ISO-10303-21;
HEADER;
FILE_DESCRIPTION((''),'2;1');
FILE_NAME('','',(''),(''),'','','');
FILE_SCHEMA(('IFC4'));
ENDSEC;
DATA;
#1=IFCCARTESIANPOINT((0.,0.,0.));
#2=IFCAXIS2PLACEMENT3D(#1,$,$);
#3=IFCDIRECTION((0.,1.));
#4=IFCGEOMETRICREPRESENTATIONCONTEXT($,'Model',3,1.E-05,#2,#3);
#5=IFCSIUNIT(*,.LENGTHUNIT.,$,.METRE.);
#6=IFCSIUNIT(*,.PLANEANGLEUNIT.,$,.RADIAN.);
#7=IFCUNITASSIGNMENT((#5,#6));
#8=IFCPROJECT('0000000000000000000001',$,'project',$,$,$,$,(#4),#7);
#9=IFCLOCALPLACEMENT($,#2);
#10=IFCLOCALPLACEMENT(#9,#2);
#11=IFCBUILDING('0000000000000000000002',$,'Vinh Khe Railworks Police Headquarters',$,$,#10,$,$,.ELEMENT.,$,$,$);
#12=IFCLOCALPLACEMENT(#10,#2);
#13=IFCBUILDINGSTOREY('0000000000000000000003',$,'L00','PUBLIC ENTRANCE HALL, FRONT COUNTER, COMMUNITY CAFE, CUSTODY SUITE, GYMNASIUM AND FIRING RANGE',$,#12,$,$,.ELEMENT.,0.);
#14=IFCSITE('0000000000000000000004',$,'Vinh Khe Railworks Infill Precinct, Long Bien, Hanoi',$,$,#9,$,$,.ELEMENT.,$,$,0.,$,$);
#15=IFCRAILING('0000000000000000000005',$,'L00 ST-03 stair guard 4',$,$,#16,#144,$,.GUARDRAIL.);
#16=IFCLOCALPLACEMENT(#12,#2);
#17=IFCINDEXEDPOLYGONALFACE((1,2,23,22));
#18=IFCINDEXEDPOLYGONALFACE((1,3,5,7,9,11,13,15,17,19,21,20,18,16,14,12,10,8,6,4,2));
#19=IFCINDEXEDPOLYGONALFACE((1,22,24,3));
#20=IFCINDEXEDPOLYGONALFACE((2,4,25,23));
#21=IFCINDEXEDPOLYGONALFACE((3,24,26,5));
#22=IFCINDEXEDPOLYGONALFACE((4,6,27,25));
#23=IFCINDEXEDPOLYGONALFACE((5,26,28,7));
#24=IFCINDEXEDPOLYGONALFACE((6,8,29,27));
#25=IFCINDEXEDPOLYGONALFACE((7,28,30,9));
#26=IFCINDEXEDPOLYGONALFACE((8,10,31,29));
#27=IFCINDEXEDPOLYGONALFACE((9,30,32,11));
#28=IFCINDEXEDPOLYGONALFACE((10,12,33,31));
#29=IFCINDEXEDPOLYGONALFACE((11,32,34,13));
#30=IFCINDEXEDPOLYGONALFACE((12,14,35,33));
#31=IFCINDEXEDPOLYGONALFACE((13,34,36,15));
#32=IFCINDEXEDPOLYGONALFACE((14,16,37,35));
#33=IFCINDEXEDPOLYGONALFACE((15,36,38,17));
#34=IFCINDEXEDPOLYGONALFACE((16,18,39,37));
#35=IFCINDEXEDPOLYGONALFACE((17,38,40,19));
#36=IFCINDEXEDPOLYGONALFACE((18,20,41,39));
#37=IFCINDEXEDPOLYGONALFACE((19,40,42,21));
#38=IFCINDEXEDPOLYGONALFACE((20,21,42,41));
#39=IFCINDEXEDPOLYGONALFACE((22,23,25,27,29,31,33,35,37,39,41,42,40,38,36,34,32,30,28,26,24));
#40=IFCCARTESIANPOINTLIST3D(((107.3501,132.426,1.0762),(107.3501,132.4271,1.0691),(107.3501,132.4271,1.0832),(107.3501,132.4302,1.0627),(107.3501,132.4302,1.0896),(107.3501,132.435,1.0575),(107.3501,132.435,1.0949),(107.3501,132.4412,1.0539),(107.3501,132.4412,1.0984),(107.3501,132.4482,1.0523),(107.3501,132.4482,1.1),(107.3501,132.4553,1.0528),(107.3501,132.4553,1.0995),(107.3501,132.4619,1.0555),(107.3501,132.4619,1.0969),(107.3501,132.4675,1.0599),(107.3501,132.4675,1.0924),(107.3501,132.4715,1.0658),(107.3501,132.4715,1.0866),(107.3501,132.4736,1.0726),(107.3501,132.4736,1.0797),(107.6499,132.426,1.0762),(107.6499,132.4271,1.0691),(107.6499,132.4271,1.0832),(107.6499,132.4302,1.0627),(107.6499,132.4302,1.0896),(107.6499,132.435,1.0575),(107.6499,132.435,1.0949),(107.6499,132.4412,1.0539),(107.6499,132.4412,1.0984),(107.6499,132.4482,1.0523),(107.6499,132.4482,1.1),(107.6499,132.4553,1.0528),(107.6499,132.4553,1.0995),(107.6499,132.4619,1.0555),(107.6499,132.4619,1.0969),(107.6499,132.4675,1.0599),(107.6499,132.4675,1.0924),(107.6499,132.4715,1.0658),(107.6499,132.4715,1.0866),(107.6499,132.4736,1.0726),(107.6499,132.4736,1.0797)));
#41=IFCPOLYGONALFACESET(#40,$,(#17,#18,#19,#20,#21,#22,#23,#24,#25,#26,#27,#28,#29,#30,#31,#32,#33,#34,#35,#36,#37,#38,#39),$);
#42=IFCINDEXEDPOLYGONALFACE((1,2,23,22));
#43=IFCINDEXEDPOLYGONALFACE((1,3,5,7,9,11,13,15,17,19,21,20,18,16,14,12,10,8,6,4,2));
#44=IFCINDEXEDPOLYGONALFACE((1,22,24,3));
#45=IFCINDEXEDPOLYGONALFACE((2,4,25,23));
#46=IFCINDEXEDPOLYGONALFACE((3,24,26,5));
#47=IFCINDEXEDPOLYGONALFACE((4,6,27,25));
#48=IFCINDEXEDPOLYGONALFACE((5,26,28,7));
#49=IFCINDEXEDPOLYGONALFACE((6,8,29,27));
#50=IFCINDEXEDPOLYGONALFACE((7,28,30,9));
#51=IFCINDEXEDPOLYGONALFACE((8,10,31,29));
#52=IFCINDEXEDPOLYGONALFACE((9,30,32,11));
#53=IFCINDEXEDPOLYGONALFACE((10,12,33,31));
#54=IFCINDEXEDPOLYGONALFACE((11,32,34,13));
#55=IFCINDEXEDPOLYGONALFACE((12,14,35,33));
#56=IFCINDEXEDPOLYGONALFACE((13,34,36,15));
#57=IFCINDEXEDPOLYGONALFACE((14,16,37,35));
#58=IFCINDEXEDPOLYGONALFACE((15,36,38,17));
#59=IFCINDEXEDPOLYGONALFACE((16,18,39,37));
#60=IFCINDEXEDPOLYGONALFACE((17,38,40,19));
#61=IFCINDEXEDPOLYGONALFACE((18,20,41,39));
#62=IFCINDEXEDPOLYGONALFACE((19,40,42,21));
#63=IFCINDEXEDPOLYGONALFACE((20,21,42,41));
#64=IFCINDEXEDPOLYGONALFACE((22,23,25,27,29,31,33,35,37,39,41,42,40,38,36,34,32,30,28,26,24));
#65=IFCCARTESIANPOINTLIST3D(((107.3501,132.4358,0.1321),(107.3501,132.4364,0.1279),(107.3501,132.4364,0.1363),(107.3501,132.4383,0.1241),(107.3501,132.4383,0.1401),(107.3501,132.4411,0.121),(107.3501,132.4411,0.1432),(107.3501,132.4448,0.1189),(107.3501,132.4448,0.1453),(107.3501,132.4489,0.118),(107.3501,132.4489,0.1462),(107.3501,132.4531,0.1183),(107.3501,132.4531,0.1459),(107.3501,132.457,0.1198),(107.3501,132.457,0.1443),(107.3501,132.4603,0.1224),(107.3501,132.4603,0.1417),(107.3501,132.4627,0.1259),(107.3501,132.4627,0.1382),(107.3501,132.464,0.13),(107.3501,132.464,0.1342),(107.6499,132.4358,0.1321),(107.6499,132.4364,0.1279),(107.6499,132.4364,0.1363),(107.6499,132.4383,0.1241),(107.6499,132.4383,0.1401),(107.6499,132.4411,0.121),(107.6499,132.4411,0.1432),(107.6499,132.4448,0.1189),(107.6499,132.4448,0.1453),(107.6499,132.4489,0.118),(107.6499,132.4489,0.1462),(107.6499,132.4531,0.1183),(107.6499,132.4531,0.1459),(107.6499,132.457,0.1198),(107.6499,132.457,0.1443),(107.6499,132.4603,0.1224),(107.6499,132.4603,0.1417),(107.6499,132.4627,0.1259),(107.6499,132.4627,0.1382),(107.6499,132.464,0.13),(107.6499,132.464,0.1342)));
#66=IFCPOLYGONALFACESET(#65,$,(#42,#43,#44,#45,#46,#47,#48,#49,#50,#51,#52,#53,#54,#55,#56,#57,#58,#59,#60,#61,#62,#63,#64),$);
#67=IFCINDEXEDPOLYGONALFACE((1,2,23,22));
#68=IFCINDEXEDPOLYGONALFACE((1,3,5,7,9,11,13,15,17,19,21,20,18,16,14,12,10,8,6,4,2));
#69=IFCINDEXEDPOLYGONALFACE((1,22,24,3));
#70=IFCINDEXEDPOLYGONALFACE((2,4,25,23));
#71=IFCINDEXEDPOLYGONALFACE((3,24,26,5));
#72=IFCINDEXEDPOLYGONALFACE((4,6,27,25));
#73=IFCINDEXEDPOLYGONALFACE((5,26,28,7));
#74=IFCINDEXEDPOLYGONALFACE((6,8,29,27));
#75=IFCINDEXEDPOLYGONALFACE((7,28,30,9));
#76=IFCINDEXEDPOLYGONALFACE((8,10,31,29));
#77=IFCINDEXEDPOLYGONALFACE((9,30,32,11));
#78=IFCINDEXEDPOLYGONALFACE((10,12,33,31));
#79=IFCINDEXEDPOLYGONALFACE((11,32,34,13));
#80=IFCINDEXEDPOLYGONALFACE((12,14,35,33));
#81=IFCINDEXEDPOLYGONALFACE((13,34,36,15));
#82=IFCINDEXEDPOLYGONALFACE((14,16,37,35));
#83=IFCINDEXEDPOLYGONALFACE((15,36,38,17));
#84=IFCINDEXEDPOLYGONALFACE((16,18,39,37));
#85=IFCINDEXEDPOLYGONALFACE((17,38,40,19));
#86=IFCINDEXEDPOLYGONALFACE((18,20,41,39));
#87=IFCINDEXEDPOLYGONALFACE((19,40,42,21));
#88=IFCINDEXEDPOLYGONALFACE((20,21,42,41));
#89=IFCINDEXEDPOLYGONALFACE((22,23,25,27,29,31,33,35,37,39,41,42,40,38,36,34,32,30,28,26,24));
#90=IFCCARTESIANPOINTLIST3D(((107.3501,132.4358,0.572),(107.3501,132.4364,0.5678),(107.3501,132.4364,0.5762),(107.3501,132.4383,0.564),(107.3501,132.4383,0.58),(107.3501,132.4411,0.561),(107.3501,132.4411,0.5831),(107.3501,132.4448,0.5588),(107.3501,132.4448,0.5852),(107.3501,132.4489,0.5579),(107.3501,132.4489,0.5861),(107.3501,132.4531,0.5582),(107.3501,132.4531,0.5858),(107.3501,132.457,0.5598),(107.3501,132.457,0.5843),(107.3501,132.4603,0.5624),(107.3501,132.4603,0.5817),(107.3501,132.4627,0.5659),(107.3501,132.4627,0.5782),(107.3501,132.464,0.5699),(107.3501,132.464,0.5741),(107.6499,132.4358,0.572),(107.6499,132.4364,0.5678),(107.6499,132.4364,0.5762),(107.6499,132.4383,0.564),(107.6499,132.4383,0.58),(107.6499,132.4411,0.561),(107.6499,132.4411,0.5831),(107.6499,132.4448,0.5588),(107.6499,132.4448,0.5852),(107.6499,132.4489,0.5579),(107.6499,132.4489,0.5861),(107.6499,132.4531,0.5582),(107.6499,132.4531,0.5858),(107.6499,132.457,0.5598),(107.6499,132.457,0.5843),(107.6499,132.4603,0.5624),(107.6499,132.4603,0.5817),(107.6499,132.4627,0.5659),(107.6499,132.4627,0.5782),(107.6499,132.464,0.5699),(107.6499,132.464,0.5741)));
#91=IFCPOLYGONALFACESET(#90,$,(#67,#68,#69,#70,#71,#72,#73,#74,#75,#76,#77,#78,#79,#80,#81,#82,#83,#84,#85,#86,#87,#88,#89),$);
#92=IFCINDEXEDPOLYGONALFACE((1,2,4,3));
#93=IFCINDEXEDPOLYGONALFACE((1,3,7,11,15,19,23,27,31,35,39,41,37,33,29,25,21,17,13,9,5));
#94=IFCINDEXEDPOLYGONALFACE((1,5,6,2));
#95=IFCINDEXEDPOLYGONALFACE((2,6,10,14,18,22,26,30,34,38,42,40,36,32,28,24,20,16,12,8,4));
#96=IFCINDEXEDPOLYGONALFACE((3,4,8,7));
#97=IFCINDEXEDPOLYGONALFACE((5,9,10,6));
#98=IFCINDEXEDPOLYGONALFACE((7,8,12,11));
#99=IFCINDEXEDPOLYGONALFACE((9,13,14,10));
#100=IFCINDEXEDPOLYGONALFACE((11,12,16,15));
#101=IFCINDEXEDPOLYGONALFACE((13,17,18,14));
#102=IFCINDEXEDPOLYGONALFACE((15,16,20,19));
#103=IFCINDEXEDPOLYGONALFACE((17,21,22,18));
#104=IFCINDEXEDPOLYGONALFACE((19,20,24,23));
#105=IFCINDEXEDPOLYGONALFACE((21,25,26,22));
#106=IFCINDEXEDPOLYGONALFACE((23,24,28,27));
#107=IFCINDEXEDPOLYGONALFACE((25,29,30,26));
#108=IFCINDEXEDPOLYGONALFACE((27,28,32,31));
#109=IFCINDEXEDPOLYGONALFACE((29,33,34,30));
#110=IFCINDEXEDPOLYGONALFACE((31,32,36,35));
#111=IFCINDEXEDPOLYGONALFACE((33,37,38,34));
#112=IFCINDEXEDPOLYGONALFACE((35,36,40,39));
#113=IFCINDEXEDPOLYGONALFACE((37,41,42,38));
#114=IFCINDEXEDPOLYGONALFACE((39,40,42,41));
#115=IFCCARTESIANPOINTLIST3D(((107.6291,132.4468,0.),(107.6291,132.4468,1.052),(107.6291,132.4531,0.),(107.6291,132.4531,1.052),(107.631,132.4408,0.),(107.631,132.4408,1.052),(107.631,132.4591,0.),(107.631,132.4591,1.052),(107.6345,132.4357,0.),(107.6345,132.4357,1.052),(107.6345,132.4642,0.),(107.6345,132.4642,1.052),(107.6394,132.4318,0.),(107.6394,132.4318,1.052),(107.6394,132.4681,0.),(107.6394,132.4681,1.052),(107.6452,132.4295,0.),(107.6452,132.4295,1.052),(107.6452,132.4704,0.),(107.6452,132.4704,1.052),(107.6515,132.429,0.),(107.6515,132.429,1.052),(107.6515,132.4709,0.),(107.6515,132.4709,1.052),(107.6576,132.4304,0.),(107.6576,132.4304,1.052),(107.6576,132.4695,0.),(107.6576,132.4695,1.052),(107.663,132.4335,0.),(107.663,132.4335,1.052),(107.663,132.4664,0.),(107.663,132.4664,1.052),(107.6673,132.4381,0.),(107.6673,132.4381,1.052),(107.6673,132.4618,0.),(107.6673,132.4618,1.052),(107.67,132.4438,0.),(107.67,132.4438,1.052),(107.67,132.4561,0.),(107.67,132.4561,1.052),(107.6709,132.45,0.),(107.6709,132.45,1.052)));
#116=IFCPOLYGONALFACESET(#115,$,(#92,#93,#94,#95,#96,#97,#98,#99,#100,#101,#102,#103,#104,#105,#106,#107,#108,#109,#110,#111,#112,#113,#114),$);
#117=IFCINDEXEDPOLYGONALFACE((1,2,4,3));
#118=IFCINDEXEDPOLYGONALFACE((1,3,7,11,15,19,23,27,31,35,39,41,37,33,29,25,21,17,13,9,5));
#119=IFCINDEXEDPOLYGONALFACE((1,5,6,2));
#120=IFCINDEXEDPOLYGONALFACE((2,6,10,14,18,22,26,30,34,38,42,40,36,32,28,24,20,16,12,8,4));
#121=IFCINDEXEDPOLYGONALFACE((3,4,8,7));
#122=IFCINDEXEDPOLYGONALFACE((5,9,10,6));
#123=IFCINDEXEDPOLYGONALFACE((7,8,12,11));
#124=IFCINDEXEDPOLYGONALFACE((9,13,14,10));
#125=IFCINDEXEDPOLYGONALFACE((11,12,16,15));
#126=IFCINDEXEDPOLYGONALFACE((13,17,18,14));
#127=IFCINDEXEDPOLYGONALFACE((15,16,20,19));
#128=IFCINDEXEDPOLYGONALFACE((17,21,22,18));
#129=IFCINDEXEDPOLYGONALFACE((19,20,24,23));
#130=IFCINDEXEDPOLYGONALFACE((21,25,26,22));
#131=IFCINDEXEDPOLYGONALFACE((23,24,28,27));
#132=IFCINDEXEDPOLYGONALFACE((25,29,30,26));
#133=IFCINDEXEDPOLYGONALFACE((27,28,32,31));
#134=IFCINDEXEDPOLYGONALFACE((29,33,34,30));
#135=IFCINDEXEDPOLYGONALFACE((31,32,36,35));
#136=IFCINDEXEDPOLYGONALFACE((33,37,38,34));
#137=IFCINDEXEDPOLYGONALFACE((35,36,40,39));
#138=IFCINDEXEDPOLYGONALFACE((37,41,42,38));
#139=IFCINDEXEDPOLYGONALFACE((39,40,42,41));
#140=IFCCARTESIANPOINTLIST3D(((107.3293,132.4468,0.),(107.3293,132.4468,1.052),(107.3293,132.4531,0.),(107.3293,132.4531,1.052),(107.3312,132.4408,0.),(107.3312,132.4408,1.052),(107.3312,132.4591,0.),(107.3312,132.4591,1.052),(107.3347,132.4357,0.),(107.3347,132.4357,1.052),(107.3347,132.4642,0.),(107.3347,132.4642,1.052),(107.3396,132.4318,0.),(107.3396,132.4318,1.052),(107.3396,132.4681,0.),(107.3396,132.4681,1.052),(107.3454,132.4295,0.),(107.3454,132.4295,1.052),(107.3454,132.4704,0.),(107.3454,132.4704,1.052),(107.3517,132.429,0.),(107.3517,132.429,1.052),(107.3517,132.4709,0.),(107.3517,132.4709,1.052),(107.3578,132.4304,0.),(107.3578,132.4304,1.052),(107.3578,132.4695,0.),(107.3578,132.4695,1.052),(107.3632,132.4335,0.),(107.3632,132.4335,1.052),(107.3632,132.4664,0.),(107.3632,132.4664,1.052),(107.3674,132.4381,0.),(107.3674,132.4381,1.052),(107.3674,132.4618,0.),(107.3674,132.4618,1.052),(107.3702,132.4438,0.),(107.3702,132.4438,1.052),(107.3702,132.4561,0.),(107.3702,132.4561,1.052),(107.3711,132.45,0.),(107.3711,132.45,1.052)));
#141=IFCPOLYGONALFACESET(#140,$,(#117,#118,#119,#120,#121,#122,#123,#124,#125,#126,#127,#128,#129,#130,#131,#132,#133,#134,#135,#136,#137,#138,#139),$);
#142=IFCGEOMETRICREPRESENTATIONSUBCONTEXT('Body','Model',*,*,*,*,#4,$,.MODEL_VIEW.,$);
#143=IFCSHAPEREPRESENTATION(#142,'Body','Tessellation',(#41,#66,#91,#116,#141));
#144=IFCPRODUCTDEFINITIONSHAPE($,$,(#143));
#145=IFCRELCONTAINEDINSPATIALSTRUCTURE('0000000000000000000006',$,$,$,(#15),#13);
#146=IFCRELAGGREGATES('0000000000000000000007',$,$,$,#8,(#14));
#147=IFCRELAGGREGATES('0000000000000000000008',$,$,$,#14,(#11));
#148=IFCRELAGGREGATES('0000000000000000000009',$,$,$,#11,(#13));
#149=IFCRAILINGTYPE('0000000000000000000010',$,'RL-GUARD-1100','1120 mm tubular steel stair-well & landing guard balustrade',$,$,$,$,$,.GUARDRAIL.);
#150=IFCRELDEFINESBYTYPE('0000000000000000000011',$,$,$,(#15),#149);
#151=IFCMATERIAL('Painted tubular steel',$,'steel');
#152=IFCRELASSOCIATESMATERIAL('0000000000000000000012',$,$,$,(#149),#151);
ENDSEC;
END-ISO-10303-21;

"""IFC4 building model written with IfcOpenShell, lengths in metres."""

from ifc_helpers import new_model, si_unit, direction, frame, origin, origin_2d, place, context, subcontext, project, spatial, circle, extrude, material, type_object, element, save


model = new_model("IFC4")

# Units and contexts
model_context = context("Model", 3, precision=1e-05, world=origin(), true_north=direction((0.0, 1.0)))
body_context = subcontext(model_context, "Body", "Model", "MODEL_VIEW")
ifc_project = project(units=[si_unit("LENGTHUNIT", "METRE"), si_unit("PLANEANGLEUNIT", "RADIAN")], contexts=[model_context])

# Site, building, storey
site_placement = place(None, origin())
site = spatial("IfcSite", under=ifc_project, at=site_placement, Name="Vinh Khe Railworks Infill Precinct, Long Bien, Hanoi", CompositionType="ELEMENT", RefElevation=0.0)
building_placement = place(site_placement, origin())
building = spatial("IfcBuilding", under=site, at=building_placement, Name="Vinh Khe Railworks Police Headquarters", CompositionType="ELEMENT")
storey_placement = place(building_placement, origin())
storey = spatial("IfcBuildingStorey", under=building, at=storey_placement, Name="L00", Description="PUBLIC ENTRANCE HALL, FRONT COUNTER, COMMUNITY CAFE, CUSTODY SUITE, GYMNASIUM AND FIRING RANGE", CompositionType="ELEMENT", Elevation=0.0)

# Railing
ifc_material_1 = material(Name="Painted tubular steel", Category="steel")
railing_type_1 = type_object("IfcRailingType", Name="RL-GUARD-1100", Description="1120 mm tubular steel stair-well & landing guard balustrade", PredefinedType="GUARDRAIL", material=ifc_material_1)
railing_1_placement = place(storey_placement, frame((107.6499, 132.45, 0.0)))
element("IfcRailing", 1, at=railing_1_placement, inside=storey, type_object=railing_type_1, Name="L00 ST-03 stair guard 4", PredefinedType="GUARDRAIL", context=body_context, shape_type="SweptSolid", body=[
    extrude(circle(Radius=0.0239, at=origin_2d()), frame((0.0, 0.0, 1.0762), z_axis=(-1.0, 0.0, 0.0), x_axis=(0.0, -1.0, 0.0)), (0.0, 0.0, 1.0), 0.2998),
    extrude(circle(Radius=0.0142, at=origin_2d()), frame((0.0, 0.0, 0.1321), z_axis=(-1.0, 0.0, 0.0), x_axis=(0.0, -1.0, 0.0)), (0.0, 0.0, 1.0), 0.2998),
    extrude(circle(Radius=0.0142, at=origin_2d()), frame((0.0, 0.0, 0.572), z_axis=(-1.0, 0.0, 0.0), x_axis=(0.0, -1.0, 0.0)), (0.0, 0.0, 1.0), 0.2998),
    extrude(circle(Radius=0.021, at=origin_2d()), origin(), (0.0, 0.0, 1.0), 1.052),
    extrude(circle(Radius=0.021, at=origin_2d()), frame((-0.2998, 0.0, 0.0)), (0.0, 0.0, 1.0), 1.052),
])

save(model, "model.ifc")
